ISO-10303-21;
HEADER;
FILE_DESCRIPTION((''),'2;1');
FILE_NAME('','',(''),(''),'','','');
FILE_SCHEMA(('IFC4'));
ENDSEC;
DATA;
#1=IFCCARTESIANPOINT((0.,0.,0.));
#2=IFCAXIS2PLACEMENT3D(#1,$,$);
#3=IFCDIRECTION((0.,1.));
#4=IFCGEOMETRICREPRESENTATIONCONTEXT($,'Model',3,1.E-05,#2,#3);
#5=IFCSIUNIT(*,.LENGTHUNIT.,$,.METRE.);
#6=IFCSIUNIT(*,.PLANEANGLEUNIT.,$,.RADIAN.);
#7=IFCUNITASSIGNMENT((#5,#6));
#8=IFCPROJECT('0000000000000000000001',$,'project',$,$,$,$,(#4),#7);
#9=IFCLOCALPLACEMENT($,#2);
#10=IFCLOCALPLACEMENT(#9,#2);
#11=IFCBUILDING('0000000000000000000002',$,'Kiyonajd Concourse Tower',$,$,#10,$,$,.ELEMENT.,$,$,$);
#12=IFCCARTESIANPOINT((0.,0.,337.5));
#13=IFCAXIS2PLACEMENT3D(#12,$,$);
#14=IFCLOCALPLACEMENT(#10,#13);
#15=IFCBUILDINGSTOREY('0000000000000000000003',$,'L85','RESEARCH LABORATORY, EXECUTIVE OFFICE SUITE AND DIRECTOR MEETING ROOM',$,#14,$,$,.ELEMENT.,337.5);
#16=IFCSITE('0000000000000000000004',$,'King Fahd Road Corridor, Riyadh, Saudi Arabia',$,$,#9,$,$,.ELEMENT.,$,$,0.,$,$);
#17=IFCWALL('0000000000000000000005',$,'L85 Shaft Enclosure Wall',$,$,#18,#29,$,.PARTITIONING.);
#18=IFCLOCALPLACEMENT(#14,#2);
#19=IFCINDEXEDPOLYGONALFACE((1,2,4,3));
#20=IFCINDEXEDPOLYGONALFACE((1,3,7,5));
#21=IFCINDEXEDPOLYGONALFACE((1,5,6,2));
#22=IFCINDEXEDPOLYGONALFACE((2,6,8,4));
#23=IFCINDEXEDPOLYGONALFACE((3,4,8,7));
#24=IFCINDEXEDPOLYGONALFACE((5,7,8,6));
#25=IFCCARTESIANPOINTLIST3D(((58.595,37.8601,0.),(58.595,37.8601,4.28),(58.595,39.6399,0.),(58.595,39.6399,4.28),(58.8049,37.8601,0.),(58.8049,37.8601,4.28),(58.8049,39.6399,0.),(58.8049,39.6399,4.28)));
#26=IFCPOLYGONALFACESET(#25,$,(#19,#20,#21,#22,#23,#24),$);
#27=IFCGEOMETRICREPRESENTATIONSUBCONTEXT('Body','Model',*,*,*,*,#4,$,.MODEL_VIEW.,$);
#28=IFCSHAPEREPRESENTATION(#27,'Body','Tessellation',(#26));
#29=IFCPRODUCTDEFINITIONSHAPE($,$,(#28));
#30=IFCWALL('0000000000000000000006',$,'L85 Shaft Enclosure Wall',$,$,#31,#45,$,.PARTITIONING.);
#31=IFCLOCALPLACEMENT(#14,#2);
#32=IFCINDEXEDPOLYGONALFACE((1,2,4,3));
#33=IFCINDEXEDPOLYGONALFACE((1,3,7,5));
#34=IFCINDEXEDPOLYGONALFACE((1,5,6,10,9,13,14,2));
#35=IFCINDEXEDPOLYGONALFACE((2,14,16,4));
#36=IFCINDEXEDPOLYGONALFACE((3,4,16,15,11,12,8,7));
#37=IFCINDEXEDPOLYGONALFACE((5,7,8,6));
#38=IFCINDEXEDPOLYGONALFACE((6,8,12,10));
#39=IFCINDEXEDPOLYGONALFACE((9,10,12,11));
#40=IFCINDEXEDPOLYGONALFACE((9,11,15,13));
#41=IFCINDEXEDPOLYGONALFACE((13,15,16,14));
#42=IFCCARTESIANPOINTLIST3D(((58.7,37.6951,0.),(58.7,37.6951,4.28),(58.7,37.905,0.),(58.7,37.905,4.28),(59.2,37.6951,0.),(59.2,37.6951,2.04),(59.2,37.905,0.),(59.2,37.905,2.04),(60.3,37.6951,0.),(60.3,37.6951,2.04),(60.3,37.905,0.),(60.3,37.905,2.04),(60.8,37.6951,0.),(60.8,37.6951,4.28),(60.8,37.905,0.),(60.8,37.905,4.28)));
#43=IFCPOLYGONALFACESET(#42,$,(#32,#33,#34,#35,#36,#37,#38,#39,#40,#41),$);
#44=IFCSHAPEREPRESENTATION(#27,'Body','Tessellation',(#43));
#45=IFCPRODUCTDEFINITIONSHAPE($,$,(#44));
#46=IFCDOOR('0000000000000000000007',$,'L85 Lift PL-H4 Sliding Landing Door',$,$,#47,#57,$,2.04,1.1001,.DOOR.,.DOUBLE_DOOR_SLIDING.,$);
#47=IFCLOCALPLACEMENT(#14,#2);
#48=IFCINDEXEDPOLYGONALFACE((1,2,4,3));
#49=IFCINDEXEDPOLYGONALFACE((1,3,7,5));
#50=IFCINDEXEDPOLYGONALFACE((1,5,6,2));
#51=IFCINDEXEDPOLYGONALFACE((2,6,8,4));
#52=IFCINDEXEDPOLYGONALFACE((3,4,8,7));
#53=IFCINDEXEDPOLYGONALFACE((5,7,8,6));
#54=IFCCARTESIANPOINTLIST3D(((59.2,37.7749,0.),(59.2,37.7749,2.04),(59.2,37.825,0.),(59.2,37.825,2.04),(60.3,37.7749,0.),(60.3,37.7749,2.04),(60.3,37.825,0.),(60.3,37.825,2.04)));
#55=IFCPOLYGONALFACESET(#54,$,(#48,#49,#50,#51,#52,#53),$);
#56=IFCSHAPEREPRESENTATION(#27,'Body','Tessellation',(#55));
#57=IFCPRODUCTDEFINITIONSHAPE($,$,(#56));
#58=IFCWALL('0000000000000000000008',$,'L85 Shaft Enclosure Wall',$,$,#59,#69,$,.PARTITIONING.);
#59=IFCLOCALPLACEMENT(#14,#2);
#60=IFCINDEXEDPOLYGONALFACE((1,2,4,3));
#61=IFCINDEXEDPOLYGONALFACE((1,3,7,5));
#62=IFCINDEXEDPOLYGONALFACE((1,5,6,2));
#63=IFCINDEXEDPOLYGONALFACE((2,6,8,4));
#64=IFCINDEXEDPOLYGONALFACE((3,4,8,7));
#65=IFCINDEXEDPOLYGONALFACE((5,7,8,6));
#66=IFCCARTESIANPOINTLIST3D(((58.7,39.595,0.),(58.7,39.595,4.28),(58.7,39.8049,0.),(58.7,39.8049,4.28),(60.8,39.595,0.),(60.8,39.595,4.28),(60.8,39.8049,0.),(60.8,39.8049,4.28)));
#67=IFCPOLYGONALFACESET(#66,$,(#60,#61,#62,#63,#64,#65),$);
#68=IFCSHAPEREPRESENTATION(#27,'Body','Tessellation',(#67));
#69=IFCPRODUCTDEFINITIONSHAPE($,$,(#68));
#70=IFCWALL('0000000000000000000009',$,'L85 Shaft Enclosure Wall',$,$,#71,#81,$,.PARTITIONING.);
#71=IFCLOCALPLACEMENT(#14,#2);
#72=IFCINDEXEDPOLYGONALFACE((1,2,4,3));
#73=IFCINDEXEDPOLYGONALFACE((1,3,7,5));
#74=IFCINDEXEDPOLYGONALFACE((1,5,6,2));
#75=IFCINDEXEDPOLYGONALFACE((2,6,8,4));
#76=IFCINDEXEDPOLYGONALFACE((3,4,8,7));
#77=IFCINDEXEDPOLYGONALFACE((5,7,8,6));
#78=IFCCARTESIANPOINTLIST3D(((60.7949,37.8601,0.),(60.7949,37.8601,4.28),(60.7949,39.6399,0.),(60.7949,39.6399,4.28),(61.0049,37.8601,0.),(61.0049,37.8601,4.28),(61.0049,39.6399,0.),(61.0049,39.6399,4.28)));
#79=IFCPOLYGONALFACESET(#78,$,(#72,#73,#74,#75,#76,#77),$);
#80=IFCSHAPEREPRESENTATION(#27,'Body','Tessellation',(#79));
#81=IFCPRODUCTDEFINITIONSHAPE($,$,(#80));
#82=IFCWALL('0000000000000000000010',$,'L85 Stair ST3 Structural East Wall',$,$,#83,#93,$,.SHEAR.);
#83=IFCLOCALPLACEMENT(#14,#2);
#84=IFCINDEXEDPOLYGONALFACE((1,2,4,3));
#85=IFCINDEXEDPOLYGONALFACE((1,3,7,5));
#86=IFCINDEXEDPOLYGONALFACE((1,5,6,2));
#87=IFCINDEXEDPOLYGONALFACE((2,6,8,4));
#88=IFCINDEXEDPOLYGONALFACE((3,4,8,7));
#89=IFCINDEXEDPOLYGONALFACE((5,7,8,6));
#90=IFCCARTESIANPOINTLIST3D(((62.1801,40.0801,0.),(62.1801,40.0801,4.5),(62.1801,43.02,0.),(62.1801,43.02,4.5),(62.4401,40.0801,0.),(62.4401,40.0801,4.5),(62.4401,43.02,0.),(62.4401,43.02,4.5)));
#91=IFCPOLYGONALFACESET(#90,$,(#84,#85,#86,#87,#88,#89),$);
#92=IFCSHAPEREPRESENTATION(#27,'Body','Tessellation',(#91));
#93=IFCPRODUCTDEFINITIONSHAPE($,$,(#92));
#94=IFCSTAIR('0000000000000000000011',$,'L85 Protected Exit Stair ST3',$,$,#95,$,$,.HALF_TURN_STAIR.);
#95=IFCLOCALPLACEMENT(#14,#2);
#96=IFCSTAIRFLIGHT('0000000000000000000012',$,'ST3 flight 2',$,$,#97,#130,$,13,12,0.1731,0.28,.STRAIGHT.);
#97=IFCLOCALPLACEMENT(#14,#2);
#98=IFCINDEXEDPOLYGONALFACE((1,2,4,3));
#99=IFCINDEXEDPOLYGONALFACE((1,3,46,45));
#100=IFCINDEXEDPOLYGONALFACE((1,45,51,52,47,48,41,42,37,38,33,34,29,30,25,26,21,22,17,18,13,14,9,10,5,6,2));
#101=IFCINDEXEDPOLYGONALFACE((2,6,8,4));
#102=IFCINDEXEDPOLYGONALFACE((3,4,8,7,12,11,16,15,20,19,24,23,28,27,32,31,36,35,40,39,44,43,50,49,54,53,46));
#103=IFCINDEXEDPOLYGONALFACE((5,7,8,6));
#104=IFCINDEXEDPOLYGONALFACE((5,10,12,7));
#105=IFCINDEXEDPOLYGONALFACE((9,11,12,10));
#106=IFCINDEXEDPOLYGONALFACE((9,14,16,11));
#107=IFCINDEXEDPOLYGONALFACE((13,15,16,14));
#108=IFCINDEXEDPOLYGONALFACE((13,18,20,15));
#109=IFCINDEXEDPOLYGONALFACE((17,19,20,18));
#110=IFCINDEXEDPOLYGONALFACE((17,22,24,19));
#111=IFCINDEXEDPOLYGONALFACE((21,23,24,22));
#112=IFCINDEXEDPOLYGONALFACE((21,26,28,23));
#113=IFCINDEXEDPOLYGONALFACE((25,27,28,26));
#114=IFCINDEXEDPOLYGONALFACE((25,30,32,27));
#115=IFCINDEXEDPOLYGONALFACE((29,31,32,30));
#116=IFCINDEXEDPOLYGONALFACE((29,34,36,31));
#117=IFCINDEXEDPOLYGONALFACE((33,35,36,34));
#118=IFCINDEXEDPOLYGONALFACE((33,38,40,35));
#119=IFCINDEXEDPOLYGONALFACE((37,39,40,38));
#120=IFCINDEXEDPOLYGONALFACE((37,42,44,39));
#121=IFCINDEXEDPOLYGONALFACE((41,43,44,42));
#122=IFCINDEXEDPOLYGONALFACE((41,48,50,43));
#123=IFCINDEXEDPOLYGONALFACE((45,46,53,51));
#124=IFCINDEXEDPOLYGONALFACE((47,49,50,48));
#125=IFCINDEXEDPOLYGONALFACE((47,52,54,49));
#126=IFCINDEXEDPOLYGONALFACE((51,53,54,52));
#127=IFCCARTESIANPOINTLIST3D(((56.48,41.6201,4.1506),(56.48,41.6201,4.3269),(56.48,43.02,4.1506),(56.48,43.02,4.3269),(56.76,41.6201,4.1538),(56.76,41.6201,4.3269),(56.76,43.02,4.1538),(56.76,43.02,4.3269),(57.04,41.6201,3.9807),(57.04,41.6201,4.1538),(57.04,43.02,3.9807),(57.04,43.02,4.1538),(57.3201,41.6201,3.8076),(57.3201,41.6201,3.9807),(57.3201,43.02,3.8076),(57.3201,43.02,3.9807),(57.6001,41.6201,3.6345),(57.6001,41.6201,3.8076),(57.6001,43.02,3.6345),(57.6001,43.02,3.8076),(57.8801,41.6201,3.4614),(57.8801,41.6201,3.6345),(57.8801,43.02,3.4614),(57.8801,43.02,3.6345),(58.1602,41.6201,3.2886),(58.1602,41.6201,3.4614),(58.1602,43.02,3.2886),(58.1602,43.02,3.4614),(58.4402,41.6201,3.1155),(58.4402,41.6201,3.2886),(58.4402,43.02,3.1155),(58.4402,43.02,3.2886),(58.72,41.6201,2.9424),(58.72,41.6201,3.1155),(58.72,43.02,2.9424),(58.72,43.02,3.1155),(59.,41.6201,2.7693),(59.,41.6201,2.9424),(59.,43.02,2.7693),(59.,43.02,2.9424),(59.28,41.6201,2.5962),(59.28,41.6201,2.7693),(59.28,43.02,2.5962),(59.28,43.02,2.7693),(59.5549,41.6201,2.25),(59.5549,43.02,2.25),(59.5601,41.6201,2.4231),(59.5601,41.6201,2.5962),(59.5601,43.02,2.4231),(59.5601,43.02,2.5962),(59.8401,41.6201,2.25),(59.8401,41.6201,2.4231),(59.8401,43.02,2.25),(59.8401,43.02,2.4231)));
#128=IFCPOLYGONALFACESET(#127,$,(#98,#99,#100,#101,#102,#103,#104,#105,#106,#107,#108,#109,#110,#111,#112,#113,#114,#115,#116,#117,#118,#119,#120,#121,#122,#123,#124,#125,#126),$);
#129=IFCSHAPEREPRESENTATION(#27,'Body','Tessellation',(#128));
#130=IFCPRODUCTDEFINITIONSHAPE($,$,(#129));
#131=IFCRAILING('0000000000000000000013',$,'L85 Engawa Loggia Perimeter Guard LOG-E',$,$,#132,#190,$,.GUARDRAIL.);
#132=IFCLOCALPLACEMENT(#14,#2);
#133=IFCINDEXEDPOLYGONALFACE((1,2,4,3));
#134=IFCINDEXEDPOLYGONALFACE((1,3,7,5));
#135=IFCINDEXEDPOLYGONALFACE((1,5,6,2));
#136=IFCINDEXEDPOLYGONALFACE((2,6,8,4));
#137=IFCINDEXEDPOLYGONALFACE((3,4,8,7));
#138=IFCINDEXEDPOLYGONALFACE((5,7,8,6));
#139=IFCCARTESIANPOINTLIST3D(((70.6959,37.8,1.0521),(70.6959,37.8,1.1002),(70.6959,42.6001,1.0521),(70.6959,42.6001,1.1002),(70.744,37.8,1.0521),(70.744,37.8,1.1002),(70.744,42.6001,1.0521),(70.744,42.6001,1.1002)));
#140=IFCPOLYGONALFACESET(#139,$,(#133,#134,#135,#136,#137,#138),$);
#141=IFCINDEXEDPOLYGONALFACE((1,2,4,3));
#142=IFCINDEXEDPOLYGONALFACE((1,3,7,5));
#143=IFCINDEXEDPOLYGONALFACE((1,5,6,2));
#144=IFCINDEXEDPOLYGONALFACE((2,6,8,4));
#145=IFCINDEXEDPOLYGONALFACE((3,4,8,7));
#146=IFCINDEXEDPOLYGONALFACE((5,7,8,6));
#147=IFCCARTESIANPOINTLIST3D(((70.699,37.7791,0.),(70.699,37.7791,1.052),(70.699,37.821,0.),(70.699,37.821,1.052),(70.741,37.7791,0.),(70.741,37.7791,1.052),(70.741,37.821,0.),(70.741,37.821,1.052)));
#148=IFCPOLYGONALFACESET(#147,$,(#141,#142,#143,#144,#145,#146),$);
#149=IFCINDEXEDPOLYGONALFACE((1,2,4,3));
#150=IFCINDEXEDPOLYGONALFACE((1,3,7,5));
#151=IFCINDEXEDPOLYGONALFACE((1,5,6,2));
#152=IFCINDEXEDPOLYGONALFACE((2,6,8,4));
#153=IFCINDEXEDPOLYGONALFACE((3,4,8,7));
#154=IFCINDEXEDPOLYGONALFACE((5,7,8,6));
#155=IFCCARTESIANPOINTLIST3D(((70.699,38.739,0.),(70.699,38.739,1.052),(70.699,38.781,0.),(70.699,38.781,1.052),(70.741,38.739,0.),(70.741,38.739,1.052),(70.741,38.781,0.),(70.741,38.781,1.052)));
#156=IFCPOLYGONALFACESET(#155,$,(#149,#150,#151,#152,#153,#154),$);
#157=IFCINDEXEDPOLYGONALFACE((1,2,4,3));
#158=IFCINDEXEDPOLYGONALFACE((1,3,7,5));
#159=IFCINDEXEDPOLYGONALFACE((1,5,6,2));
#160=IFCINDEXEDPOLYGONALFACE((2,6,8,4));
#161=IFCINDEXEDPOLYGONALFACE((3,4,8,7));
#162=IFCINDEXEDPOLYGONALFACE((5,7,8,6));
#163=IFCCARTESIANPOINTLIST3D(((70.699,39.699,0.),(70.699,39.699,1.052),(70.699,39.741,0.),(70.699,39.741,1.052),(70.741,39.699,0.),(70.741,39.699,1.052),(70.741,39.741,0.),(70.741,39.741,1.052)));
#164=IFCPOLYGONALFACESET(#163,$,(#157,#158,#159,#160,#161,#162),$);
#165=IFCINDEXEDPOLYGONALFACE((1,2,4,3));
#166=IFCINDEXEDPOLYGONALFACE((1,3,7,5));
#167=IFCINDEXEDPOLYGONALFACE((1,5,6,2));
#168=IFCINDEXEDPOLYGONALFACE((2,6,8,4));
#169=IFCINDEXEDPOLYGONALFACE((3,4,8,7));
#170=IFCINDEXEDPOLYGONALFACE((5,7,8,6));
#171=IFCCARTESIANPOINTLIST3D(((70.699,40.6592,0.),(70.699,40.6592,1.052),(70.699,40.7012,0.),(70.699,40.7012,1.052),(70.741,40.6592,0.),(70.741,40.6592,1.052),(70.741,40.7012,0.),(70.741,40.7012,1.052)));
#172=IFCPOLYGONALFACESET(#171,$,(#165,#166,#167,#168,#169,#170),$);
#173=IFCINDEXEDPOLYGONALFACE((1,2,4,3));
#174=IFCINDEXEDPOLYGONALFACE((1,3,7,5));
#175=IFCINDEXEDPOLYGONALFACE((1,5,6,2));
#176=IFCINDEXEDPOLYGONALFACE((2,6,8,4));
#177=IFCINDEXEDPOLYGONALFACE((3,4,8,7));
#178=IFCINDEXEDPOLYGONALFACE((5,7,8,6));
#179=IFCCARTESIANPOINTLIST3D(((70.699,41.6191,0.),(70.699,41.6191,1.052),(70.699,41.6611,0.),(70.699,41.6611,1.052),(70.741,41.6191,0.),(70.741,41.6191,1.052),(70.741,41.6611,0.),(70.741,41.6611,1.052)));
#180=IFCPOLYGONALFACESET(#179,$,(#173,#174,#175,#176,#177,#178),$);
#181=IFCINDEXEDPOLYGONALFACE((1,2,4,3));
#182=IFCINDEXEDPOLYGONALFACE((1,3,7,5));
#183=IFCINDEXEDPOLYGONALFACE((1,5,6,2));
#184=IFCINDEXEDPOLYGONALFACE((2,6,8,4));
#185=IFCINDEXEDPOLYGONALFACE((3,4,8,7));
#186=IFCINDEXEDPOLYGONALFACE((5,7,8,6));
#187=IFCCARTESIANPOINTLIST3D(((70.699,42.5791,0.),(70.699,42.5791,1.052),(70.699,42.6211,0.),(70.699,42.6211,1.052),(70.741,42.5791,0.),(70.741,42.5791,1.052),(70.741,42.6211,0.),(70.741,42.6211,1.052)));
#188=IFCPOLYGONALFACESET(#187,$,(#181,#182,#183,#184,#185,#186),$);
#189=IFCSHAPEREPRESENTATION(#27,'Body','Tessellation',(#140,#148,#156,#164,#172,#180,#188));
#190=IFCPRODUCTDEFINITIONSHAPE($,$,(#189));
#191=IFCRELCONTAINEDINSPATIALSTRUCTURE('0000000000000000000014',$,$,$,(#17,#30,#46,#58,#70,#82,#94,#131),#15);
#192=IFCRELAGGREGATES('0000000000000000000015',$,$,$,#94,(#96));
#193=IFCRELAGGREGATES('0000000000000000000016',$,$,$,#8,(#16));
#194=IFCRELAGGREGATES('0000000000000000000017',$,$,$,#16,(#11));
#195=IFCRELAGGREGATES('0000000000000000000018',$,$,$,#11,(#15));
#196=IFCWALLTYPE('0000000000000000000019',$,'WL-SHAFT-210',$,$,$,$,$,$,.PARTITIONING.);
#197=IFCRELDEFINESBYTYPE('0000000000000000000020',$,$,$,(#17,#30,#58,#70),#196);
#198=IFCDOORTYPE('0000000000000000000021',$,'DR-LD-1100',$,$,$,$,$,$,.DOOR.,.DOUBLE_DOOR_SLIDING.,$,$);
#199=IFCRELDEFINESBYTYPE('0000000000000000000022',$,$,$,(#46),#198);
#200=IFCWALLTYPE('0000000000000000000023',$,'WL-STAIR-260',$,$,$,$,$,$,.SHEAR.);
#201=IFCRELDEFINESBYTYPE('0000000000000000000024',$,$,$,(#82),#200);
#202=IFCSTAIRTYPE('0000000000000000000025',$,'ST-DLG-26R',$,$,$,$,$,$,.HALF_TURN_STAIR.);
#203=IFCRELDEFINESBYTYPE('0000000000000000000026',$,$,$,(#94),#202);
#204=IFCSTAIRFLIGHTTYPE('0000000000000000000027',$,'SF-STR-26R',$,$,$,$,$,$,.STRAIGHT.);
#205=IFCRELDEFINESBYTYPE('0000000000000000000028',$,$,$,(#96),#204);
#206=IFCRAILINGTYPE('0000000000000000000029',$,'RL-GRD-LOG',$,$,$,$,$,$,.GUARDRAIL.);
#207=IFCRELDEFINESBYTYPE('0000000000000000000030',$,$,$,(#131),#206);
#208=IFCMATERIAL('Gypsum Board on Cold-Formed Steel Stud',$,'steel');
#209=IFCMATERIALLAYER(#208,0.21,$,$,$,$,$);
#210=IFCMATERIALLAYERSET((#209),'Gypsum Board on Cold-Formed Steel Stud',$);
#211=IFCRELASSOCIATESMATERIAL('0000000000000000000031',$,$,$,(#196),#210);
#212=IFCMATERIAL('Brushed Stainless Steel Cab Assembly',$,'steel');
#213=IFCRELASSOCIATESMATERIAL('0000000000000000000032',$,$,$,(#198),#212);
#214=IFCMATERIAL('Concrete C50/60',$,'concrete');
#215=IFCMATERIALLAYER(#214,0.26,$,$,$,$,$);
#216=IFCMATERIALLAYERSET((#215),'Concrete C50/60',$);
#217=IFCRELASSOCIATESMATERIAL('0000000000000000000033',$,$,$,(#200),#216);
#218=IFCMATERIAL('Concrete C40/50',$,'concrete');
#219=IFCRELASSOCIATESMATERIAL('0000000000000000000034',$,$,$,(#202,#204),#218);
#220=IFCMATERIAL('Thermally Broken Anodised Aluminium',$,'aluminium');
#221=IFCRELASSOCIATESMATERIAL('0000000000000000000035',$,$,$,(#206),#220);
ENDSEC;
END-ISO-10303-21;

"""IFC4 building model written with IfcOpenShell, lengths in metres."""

from ifc_helpers import new_model, si_unit, direction, frame, frame_2d, origin, origin_2d, place, context, subcontext, project, spatial, polyline, rectangle, outline, extrude, material, layer, layer_set, type_object, element, fill, aggregate, save


model = new_model("IFC4")

# Units and contexts
model_context = context("Model", 3, precision=1e-05, world=origin(), true_north=direction((0.0, 1.0)))
body_context = subcontext(model_context, "Body", "Model", "MODEL_VIEW")
ifc_project = project(units=[si_unit("LENGTHUNIT", "METRE"), si_unit("PLANEANGLEUNIT", "RADIAN")], contexts=[model_context])

# Site, building, storey
site_placement = place(None, origin())
site = spatial("IfcSite", under=ifc_project, at=site_placement, Name="King Fahd Road Corridor, Riyadh, Saudi Arabia", CompositionType="ELEMENT", RefElevation=0.0)
building_placement = place(site_placement, origin())
building = spatial("IfcBuilding", under=site, at=building_placement, Name="Kiyonajd Concourse Tower", CompositionType="ELEMENT")
storey_placement = place(building_placement, frame((0.0, 0.0, 337.5)))
storey = spatial("IfcBuildingStorey", under=building, at=storey_placement, Name="L85", Description="RESEARCH LABORATORY, EXECUTIVE OFFICE SUITE AND DIRECTOR MEETING ROOM", CompositionType="ELEMENT", Elevation=337.5)

# Shared definitions
ifc_material_1 = material(Name="Thermally Broken Anodised Aluminium", Category="aluminium")

# Wall
ifc_material_2 = material(Name="Gypsum Board on Cold-Formed Steel Stud", Category="steel")
ifc_layer_1 = layer(ifc_material_2, 0.21)
ifc_layer_set_1 = layer_set([ifc_layer_1], Name="Gypsum Board on Cold-Formed Steel Stud")
wall_type_1 = type_object("IfcWallType", Name="WL-SHAFT-210", PredefinedType="PARTITIONING", material=ifc_layer_set_1)
wall_1_placement = place(storey_placement, frame((58.7, 37.8601, 0.0), z_axis=(0.0, 0.0, 1.0), x_axis=(0.0, 1.0, 0.0)))
element("IfcWall", 1, at=wall_1_placement, inside=storey, type_object=wall_type_1, Name="L85 Shaft Enclosure Wall", PredefinedType="PARTITIONING", context=body_context, shape_type="SweptSolid", body=[
    extrude(rectangle(XDim=1.7798, YDim=0.21, at=frame_2d((0.8899, 0.0))), origin(), (0.0, 0.0, 1.0), 4.28),
])

# Wall, opening, door
wall_2_placement = place(storey_placement, frame((58.7, 37.8, 0.0), z_axis=(0.0, 0.0, 1.0), x_axis=(1.0, 0.0, 0.0)))
wall_2 = element("IfcWall", 2, at=wall_2_placement, inside=storey, type_object=wall_type_1, Name="L85 Shaft Enclosure Wall", PredefinedType="PARTITIONING", context=body_context, shape_type="SweptSolid", body=[
    extrude(rectangle(XDim=2.1001, YDim=0.21, at=frame_2d((1.05, 0.0))), origin(), (0.0, 0.0, 1.0), 4.28),
])
opening_1_placement = place(wall_2_placement, frame((0.5, 0.0, 0.0)))
opening_1 = element("IfcOpeningElement", 3, at=opening_1_placement, cuts=wall_2, PredefinedType="OPENING", context=body_context, shape_type="SweptSolid", body=[
    extrude(rectangle(XDim=1.1001, YDim=2.04, at=frame_2d((0.55, 1.02))), frame((0.0, 0.115, 0.0), z_axis=(0.0, -1.0, 0.0), x_axis=(1.0, 0.0, 0.0)), (0.0, 0.0, 1.0), 0.23),
])
ifc_material_3 = material(Name="Brushed Stainless Steel Cab Assembly", Category="steel")
door_type_1 = type_object("IfcDoorType", Name="DR-LD-1100", OperationType="DOUBLE_DOOR_SLIDING", PredefinedType="DOOR", material=ifc_material_3)
door_1_placement = place(opening_1_placement, origin())
door_1 = element("IfcDoor", 4, at=door_1_placement, inside=storey, type_object=door_type_1, Name="L85 Lift PL-H4 Sliding Landing Door", OperationType="DOUBLE_DOOR_SLIDING", OverallHeight=2.04, OverallWidth=1.1001, PredefinedType="DOOR", context=body_context, shape_type="SweptSolid", body=[
    extrude(rectangle(XDim=1.1001, YDim=2.04, at=frame_2d((0.55, 1.02))), frame((0.0, 0.0249, 0.0), z_axis=(0.0, -1.0, 0.0), x_axis=(1.0, 0.0, 0.0)), (0.0, 0.0, 1.0), 0.05),
])
fill(opening_1, door_1)

# Walls
wall_3_placement = place(storey_placement, frame((58.7, 39.7, 0.0), z_axis=(0.0, 0.0, 1.0), x_axis=(1.0, 0.0, 0.0)))
element("IfcWall", 5, at=wall_3_placement, inside=storey, type_object=wall_type_1, Name="L85 Shaft Enclosure Wall", PredefinedType="PARTITIONING", context=body_context, shape_type="SweptSolid", body=[
    extrude(rectangle(XDim=2.1001, YDim=0.21, at=frame_2d((1.05, 0.0))), origin(), (0.0, 0.0, 1.0), 4.28),
])
wall_4_placement = place(storey_placement, frame((60.8999, 37.8601, 0.0), z_axis=(0.0, 0.0, 1.0), x_axis=(0.0, 1.0, 0.0)))
element("IfcWall", 6, at=wall_4_placement, inside=storey, type_object=wall_type_1, Name="L85 Shaft Enclosure Wall", PredefinedType="PARTITIONING", context=body_context, shape_type="SweptSolid", body=[
    extrude(rectangle(XDim=1.7798, YDim=0.21, at=frame_2d((0.8899, 0.0))), origin(), (0.0, 0.0, 1.0), 4.28),
])
ifc_material_4 = material(Name="Concrete C50/60", Category="concrete")
ifc_layer_2 = layer(ifc_material_4, 0.26)
ifc_layer_set_2 = layer_set([ifc_layer_2], Name="Concrete C50/60")
wall_type_2 = type_object("IfcWallType", Name="WL-STAIR-260", PredefinedType="SHEAR", material=ifc_layer_set_2)
wall_5_placement = place(storey_placement, frame((62.3101, 40.0801, 0.0), z_axis=(0.0, 0.0, 1.0), x_axis=(0.0, 1.0, 0.0)))
element("IfcWall", 7, at=wall_5_placement, inside=storey, type_object=wall_type_2, Name="L85 Stair ST3 Structural East Wall", PredefinedType="SHEAR", context=body_context, shape_type="SweptSolid", body=[
    extrude(rectangle(XDim=2.9399, YDim=0.26, at=frame_2d((1.47, 0.0))), origin(), (0.0, 0.0, 1.0), 4.5),
])

# Stair, stair flight
ifc_material_5 = material(Name="Concrete C40/50", Category="concrete")
stair_type = type_object("IfcStairType", Name="ST-DLG-26R", PredefinedType="HALF_TURN_STAIR", material=ifc_material_5)
stair_placement = place(storey_placement, origin())
stair = element("IfcStair", 8, at=stair_placement, inside=storey, type_object=stair_type, Name="L85 Protected Exit Stair ST3", PredefinedType="HALF_TURN_STAIR")
stair_flight_type = type_object("IfcStairFlightType", Name="SF-STR-26R", PredefinedType="STRAIGHT", material=ifc_material_5)
stair_flight_placement = place(storey_placement, frame((59.8401, 42.3201, 2.25), z_axis=(0.0, 0.0, 1.0), x_axis=(-1.0, 0.0, 0.0)))
stair_flight = element("IfcStairFlight", 9, at=stair_flight_placement, type_object=stair_flight_type, Name="ST3 flight 2", NumberOfRisers=13, NumberOfTreads=12, PredefinedType="STRAIGHT", RiserHeight=0.1731, TreadLength=0.28, context=body_context, shape_type="SweptSolid", body=[
    extrude(outline(polyline([(0.0, 0.0), (0.0, 0.1731), (0.28, 0.1731), (0.28, 0.3462), (0.5601, 0.3462), (0.5601, 0.5193), (0.8401, 0.5193), (0.8401, 0.6924), (1.1201, 0.6924), (1.1201, 0.8655), (1.3999, 0.8655), (1.3999, 1.0386), (1.6799, 1.0386), (1.6799, 1.2114), (1.96, 1.2114), (1.96, 1.3845), (2.24, 1.3845), (2.24, 1.5576), (2.52, 1.5576), (2.52, 1.7307), (2.8, 1.7307), (2.8, 1.9038), (3.0801, 1.9038), (3.0801, 2.0769), (3.3601, 2.0769), (3.3601, 2.25), (3.3601, 1.9006), (0.2852, 0.0), (0.0, 0.0)])), frame((0.0, 0.7, 0.0), z_axis=(0.0, -1.0, 0.0), x_axis=(1.0, 0.0, 0.0)), (0.0, 0.0, 1.0), 1.3999),
])
aggregate(stair, [stair_flight])

# Railing
railing_type_1 = type_object("IfcRailingType", Name="RL-GRD-LOG", PredefinedType="GUARDRAIL", material=ifc_material_1)
railing_1_placement = place(storey_placement, frame((70.72, 37.8, 0.0)))
element("IfcRailing", 10, at=railing_1_placement, inside=storey, type_object=railing_type_1, Name="L85 Engawa Loggia Perimeter Guard LOG-E", PredefinedType="GUARDRAIL", context=body_context, shape_type="SweptSolid", body=[
    extrude(rectangle(XDim=0.0481, YDim=0.0481, at=origin_2d()), frame((0.0, 0.0, 1.0762), z_axis=(0.0, 1.0, 0.0), x_axis=(-1.0, 0.0, 0.0)), (0.0, 0.0, 1.0), 4.8),
    extrude(rectangle(XDim=0.042, YDim=0.042, at=origin_2d()), origin(), (0.0, 0.0, 1.0), 1.052),
    extrude(rectangle(XDim=0.042, YDim=0.042, at=origin_2d()), frame((0.0, 0.96, 0.0)), (0.0, 0.0, 1.0), 1.052),
    extrude(rectangle(XDim=0.042, YDim=0.042, at=origin_2d()), frame((0.0, 1.9199, 0.0)), (0.0, 0.0, 1.0), 1.052),
    extrude(rectangle(XDim=0.042, YDim=0.042, at=origin_2d()), frame((0.0, 2.8801, 0.0)), (0.0, 0.0, 1.0), 1.052),
    extrude(rectangle(XDim=0.042, YDim=0.042, at=origin_2d()), frame((0.0, 3.8401, 0.0)), (0.0, 0.0, 1.0), 1.052),
    extrude(rectangle(XDim=0.042, YDim=0.042, at=origin_2d()), frame((0.0, 4.8, 0.0)), (0.0, 0.0, 1.0), 1.052),
])

save(model, "model.ifc")
